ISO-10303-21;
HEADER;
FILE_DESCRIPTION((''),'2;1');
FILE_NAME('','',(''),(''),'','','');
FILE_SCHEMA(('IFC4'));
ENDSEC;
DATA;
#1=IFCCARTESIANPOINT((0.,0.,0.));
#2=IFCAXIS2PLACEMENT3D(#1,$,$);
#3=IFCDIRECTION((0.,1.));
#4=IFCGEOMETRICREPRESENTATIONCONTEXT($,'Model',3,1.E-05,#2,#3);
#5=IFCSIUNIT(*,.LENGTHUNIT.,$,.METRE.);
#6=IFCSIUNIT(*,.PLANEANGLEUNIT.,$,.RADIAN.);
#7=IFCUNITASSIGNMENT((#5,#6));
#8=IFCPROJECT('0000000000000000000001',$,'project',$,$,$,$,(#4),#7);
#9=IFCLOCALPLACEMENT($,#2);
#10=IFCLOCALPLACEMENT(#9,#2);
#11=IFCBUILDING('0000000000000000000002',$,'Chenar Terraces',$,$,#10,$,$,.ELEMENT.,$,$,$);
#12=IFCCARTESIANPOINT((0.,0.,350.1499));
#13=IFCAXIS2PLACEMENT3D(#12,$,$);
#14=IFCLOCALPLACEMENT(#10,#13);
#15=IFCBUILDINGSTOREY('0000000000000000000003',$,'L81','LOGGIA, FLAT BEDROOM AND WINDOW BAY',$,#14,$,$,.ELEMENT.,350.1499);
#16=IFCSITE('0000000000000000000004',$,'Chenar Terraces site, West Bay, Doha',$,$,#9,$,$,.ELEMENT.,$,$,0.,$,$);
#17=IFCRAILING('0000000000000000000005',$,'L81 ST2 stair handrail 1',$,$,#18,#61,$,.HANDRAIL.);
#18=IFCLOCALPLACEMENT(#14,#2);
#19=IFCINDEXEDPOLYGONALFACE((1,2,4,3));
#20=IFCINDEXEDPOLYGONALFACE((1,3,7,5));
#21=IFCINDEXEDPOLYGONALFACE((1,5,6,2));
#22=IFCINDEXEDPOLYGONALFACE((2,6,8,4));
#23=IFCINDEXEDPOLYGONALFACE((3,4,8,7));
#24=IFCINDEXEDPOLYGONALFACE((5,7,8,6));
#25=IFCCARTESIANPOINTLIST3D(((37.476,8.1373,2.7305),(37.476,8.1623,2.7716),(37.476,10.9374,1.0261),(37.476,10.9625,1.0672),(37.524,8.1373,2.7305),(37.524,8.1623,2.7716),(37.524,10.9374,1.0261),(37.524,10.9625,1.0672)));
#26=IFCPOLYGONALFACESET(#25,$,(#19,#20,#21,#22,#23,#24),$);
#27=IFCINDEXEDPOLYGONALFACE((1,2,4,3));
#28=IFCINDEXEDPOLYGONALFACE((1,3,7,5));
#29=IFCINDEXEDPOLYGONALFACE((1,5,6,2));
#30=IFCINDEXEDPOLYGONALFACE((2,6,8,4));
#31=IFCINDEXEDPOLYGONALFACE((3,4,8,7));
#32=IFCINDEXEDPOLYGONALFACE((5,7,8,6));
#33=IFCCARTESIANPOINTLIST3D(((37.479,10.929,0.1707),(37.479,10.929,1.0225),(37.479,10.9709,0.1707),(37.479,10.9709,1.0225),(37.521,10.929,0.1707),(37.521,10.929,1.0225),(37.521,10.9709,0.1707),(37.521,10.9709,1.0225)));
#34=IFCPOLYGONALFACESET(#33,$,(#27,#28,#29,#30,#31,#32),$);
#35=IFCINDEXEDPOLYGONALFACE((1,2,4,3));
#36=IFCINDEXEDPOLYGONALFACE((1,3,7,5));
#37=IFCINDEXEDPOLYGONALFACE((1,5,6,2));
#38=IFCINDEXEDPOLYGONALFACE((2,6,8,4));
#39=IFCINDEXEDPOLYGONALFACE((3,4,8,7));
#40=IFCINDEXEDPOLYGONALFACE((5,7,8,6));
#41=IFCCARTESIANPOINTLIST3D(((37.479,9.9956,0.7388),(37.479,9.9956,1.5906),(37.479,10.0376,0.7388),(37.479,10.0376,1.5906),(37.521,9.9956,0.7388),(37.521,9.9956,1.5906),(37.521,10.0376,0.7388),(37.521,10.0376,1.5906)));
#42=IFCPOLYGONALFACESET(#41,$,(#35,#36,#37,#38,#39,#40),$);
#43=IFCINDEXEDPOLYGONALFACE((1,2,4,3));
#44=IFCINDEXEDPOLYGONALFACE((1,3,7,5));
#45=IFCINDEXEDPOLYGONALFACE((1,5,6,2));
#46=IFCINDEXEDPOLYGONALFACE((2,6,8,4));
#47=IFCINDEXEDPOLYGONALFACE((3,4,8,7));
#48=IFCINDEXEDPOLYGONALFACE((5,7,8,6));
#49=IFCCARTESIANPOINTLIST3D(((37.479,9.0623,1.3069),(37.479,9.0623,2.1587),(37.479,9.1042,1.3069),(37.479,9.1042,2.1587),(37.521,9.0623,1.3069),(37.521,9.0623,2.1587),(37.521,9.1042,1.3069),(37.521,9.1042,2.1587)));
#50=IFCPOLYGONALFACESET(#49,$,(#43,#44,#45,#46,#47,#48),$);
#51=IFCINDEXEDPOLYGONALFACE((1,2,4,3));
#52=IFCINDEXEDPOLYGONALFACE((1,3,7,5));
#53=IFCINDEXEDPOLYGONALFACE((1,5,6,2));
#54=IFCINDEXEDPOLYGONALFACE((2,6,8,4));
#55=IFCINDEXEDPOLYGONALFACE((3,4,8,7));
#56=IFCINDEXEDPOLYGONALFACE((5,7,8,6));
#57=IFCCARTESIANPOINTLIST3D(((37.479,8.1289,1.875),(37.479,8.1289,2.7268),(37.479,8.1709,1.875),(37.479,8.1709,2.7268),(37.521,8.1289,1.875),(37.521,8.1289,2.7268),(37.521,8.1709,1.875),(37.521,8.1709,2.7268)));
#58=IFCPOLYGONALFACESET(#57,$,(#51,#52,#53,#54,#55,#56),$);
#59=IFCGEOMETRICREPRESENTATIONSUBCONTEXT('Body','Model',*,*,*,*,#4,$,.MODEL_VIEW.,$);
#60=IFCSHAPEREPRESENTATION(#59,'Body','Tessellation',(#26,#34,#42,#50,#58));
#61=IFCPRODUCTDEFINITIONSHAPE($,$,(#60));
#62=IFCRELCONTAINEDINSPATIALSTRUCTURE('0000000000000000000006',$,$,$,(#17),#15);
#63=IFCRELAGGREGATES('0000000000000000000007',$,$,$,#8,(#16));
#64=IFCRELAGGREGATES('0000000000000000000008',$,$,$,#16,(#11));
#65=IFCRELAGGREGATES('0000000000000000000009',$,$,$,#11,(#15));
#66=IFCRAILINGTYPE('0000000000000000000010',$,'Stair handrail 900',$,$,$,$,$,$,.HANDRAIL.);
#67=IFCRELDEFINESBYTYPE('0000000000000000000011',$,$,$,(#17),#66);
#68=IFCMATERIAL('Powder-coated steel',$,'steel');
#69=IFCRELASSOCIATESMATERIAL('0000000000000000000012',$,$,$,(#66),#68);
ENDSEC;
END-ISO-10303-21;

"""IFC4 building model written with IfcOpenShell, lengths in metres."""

from ifc_helpers import new_model, si_unit, direction, frame, origin, origin_2d, place, context, subcontext, project, spatial, rectangle, extrude, material, type_object, element, save


model = new_model("IFC4")

# Units and contexts
model_context = context("Model", 3, precision=1e-05, world=origin(), true_north=direction((0.0, 1.0)))
body_context = subcontext(model_context, "Body", "Model", "MODEL_VIEW")
ifc_project = project(units=[si_unit("LENGTHUNIT", "METRE"), si_unit("PLANEANGLEUNIT", "RADIAN")], contexts=[model_context])

# Site, building, storey
site_placement = place(None, origin())
site = spatial("IfcSite", under=ifc_project, at=site_placement, Name="Chenar Terraces site, West Bay, Doha", CompositionType="ELEMENT", RefElevation=0.0)
building_placement = place(site_placement, origin())
building = spatial("IfcBuilding", under=site, at=building_placement, Name="Chenar Terraces", CompositionType="ELEMENT")
storey_placement = place(building_placement, frame((0.0, 0.0, 350.1499)))
storey = spatial("IfcBuildingStorey", under=building, at=storey_placement, Name="L81", Description="LOGGIA, FLAT BEDROOM AND WINDOW BAY", CompositionType="ELEMENT", Elevation=350.1499)

# Railing
ifc_material_1 = material(Name="Powder-coated steel", Category="steel")
railing_type_1 = type_object("IfcRailingType", Name="Stair handrail 900", PredefinedType="HANDRAIL", material=ifc_material_1)
railing_1_placement = place(storey_placement, frame((37.5, 10.95, 0.1707)))
element("IfcRailing", 1, at=railing_1_placement, inside=storey, type_object=railing_type_1, Name="L81 ST2 stair handrail 1", PredefinedType="HANDRAIL", context=body_context, shape_type="SweptSolid", body=[
    extrude(rectangle(XDim=0.0481, YDim=0.0481, at=origin_2d()), frame((0.0, 0.0, 0.876), z_axis=(0.0, -0.854203, 0.51994), x_axis=(1.0, 0.0, 0.0)), (0.0, 0.0, 1.0), 3.2781),
    extrude(rectangle(XDim=0.042, YDim=0.042, at=origin_2d()), origin(), (0.0, 0.0, 1.0), 0.8518),
    extrude(rectangle(XDim=0.042, YDim=0.042, at=origin_2d()), frame((0.0, -0.9333, 0.5681)), (0.0, 0.0, 1.0), 0.8518),
    extrude(rectangle(XDim=0.042, YDim=0.042, at=origin_2d()), frame((0.0, -1.8667, 1.1362)), (0.0, 0.0, 1.0), 0.8518),
    extrude(rectangle(XDim=0.042, YDim=0.042, at=origin_2d()), frame((0.0, -2.8, 1.7043)), (0.0, 0.0, 1.0), 0.8518),
])

save(model, "model.ifc")
